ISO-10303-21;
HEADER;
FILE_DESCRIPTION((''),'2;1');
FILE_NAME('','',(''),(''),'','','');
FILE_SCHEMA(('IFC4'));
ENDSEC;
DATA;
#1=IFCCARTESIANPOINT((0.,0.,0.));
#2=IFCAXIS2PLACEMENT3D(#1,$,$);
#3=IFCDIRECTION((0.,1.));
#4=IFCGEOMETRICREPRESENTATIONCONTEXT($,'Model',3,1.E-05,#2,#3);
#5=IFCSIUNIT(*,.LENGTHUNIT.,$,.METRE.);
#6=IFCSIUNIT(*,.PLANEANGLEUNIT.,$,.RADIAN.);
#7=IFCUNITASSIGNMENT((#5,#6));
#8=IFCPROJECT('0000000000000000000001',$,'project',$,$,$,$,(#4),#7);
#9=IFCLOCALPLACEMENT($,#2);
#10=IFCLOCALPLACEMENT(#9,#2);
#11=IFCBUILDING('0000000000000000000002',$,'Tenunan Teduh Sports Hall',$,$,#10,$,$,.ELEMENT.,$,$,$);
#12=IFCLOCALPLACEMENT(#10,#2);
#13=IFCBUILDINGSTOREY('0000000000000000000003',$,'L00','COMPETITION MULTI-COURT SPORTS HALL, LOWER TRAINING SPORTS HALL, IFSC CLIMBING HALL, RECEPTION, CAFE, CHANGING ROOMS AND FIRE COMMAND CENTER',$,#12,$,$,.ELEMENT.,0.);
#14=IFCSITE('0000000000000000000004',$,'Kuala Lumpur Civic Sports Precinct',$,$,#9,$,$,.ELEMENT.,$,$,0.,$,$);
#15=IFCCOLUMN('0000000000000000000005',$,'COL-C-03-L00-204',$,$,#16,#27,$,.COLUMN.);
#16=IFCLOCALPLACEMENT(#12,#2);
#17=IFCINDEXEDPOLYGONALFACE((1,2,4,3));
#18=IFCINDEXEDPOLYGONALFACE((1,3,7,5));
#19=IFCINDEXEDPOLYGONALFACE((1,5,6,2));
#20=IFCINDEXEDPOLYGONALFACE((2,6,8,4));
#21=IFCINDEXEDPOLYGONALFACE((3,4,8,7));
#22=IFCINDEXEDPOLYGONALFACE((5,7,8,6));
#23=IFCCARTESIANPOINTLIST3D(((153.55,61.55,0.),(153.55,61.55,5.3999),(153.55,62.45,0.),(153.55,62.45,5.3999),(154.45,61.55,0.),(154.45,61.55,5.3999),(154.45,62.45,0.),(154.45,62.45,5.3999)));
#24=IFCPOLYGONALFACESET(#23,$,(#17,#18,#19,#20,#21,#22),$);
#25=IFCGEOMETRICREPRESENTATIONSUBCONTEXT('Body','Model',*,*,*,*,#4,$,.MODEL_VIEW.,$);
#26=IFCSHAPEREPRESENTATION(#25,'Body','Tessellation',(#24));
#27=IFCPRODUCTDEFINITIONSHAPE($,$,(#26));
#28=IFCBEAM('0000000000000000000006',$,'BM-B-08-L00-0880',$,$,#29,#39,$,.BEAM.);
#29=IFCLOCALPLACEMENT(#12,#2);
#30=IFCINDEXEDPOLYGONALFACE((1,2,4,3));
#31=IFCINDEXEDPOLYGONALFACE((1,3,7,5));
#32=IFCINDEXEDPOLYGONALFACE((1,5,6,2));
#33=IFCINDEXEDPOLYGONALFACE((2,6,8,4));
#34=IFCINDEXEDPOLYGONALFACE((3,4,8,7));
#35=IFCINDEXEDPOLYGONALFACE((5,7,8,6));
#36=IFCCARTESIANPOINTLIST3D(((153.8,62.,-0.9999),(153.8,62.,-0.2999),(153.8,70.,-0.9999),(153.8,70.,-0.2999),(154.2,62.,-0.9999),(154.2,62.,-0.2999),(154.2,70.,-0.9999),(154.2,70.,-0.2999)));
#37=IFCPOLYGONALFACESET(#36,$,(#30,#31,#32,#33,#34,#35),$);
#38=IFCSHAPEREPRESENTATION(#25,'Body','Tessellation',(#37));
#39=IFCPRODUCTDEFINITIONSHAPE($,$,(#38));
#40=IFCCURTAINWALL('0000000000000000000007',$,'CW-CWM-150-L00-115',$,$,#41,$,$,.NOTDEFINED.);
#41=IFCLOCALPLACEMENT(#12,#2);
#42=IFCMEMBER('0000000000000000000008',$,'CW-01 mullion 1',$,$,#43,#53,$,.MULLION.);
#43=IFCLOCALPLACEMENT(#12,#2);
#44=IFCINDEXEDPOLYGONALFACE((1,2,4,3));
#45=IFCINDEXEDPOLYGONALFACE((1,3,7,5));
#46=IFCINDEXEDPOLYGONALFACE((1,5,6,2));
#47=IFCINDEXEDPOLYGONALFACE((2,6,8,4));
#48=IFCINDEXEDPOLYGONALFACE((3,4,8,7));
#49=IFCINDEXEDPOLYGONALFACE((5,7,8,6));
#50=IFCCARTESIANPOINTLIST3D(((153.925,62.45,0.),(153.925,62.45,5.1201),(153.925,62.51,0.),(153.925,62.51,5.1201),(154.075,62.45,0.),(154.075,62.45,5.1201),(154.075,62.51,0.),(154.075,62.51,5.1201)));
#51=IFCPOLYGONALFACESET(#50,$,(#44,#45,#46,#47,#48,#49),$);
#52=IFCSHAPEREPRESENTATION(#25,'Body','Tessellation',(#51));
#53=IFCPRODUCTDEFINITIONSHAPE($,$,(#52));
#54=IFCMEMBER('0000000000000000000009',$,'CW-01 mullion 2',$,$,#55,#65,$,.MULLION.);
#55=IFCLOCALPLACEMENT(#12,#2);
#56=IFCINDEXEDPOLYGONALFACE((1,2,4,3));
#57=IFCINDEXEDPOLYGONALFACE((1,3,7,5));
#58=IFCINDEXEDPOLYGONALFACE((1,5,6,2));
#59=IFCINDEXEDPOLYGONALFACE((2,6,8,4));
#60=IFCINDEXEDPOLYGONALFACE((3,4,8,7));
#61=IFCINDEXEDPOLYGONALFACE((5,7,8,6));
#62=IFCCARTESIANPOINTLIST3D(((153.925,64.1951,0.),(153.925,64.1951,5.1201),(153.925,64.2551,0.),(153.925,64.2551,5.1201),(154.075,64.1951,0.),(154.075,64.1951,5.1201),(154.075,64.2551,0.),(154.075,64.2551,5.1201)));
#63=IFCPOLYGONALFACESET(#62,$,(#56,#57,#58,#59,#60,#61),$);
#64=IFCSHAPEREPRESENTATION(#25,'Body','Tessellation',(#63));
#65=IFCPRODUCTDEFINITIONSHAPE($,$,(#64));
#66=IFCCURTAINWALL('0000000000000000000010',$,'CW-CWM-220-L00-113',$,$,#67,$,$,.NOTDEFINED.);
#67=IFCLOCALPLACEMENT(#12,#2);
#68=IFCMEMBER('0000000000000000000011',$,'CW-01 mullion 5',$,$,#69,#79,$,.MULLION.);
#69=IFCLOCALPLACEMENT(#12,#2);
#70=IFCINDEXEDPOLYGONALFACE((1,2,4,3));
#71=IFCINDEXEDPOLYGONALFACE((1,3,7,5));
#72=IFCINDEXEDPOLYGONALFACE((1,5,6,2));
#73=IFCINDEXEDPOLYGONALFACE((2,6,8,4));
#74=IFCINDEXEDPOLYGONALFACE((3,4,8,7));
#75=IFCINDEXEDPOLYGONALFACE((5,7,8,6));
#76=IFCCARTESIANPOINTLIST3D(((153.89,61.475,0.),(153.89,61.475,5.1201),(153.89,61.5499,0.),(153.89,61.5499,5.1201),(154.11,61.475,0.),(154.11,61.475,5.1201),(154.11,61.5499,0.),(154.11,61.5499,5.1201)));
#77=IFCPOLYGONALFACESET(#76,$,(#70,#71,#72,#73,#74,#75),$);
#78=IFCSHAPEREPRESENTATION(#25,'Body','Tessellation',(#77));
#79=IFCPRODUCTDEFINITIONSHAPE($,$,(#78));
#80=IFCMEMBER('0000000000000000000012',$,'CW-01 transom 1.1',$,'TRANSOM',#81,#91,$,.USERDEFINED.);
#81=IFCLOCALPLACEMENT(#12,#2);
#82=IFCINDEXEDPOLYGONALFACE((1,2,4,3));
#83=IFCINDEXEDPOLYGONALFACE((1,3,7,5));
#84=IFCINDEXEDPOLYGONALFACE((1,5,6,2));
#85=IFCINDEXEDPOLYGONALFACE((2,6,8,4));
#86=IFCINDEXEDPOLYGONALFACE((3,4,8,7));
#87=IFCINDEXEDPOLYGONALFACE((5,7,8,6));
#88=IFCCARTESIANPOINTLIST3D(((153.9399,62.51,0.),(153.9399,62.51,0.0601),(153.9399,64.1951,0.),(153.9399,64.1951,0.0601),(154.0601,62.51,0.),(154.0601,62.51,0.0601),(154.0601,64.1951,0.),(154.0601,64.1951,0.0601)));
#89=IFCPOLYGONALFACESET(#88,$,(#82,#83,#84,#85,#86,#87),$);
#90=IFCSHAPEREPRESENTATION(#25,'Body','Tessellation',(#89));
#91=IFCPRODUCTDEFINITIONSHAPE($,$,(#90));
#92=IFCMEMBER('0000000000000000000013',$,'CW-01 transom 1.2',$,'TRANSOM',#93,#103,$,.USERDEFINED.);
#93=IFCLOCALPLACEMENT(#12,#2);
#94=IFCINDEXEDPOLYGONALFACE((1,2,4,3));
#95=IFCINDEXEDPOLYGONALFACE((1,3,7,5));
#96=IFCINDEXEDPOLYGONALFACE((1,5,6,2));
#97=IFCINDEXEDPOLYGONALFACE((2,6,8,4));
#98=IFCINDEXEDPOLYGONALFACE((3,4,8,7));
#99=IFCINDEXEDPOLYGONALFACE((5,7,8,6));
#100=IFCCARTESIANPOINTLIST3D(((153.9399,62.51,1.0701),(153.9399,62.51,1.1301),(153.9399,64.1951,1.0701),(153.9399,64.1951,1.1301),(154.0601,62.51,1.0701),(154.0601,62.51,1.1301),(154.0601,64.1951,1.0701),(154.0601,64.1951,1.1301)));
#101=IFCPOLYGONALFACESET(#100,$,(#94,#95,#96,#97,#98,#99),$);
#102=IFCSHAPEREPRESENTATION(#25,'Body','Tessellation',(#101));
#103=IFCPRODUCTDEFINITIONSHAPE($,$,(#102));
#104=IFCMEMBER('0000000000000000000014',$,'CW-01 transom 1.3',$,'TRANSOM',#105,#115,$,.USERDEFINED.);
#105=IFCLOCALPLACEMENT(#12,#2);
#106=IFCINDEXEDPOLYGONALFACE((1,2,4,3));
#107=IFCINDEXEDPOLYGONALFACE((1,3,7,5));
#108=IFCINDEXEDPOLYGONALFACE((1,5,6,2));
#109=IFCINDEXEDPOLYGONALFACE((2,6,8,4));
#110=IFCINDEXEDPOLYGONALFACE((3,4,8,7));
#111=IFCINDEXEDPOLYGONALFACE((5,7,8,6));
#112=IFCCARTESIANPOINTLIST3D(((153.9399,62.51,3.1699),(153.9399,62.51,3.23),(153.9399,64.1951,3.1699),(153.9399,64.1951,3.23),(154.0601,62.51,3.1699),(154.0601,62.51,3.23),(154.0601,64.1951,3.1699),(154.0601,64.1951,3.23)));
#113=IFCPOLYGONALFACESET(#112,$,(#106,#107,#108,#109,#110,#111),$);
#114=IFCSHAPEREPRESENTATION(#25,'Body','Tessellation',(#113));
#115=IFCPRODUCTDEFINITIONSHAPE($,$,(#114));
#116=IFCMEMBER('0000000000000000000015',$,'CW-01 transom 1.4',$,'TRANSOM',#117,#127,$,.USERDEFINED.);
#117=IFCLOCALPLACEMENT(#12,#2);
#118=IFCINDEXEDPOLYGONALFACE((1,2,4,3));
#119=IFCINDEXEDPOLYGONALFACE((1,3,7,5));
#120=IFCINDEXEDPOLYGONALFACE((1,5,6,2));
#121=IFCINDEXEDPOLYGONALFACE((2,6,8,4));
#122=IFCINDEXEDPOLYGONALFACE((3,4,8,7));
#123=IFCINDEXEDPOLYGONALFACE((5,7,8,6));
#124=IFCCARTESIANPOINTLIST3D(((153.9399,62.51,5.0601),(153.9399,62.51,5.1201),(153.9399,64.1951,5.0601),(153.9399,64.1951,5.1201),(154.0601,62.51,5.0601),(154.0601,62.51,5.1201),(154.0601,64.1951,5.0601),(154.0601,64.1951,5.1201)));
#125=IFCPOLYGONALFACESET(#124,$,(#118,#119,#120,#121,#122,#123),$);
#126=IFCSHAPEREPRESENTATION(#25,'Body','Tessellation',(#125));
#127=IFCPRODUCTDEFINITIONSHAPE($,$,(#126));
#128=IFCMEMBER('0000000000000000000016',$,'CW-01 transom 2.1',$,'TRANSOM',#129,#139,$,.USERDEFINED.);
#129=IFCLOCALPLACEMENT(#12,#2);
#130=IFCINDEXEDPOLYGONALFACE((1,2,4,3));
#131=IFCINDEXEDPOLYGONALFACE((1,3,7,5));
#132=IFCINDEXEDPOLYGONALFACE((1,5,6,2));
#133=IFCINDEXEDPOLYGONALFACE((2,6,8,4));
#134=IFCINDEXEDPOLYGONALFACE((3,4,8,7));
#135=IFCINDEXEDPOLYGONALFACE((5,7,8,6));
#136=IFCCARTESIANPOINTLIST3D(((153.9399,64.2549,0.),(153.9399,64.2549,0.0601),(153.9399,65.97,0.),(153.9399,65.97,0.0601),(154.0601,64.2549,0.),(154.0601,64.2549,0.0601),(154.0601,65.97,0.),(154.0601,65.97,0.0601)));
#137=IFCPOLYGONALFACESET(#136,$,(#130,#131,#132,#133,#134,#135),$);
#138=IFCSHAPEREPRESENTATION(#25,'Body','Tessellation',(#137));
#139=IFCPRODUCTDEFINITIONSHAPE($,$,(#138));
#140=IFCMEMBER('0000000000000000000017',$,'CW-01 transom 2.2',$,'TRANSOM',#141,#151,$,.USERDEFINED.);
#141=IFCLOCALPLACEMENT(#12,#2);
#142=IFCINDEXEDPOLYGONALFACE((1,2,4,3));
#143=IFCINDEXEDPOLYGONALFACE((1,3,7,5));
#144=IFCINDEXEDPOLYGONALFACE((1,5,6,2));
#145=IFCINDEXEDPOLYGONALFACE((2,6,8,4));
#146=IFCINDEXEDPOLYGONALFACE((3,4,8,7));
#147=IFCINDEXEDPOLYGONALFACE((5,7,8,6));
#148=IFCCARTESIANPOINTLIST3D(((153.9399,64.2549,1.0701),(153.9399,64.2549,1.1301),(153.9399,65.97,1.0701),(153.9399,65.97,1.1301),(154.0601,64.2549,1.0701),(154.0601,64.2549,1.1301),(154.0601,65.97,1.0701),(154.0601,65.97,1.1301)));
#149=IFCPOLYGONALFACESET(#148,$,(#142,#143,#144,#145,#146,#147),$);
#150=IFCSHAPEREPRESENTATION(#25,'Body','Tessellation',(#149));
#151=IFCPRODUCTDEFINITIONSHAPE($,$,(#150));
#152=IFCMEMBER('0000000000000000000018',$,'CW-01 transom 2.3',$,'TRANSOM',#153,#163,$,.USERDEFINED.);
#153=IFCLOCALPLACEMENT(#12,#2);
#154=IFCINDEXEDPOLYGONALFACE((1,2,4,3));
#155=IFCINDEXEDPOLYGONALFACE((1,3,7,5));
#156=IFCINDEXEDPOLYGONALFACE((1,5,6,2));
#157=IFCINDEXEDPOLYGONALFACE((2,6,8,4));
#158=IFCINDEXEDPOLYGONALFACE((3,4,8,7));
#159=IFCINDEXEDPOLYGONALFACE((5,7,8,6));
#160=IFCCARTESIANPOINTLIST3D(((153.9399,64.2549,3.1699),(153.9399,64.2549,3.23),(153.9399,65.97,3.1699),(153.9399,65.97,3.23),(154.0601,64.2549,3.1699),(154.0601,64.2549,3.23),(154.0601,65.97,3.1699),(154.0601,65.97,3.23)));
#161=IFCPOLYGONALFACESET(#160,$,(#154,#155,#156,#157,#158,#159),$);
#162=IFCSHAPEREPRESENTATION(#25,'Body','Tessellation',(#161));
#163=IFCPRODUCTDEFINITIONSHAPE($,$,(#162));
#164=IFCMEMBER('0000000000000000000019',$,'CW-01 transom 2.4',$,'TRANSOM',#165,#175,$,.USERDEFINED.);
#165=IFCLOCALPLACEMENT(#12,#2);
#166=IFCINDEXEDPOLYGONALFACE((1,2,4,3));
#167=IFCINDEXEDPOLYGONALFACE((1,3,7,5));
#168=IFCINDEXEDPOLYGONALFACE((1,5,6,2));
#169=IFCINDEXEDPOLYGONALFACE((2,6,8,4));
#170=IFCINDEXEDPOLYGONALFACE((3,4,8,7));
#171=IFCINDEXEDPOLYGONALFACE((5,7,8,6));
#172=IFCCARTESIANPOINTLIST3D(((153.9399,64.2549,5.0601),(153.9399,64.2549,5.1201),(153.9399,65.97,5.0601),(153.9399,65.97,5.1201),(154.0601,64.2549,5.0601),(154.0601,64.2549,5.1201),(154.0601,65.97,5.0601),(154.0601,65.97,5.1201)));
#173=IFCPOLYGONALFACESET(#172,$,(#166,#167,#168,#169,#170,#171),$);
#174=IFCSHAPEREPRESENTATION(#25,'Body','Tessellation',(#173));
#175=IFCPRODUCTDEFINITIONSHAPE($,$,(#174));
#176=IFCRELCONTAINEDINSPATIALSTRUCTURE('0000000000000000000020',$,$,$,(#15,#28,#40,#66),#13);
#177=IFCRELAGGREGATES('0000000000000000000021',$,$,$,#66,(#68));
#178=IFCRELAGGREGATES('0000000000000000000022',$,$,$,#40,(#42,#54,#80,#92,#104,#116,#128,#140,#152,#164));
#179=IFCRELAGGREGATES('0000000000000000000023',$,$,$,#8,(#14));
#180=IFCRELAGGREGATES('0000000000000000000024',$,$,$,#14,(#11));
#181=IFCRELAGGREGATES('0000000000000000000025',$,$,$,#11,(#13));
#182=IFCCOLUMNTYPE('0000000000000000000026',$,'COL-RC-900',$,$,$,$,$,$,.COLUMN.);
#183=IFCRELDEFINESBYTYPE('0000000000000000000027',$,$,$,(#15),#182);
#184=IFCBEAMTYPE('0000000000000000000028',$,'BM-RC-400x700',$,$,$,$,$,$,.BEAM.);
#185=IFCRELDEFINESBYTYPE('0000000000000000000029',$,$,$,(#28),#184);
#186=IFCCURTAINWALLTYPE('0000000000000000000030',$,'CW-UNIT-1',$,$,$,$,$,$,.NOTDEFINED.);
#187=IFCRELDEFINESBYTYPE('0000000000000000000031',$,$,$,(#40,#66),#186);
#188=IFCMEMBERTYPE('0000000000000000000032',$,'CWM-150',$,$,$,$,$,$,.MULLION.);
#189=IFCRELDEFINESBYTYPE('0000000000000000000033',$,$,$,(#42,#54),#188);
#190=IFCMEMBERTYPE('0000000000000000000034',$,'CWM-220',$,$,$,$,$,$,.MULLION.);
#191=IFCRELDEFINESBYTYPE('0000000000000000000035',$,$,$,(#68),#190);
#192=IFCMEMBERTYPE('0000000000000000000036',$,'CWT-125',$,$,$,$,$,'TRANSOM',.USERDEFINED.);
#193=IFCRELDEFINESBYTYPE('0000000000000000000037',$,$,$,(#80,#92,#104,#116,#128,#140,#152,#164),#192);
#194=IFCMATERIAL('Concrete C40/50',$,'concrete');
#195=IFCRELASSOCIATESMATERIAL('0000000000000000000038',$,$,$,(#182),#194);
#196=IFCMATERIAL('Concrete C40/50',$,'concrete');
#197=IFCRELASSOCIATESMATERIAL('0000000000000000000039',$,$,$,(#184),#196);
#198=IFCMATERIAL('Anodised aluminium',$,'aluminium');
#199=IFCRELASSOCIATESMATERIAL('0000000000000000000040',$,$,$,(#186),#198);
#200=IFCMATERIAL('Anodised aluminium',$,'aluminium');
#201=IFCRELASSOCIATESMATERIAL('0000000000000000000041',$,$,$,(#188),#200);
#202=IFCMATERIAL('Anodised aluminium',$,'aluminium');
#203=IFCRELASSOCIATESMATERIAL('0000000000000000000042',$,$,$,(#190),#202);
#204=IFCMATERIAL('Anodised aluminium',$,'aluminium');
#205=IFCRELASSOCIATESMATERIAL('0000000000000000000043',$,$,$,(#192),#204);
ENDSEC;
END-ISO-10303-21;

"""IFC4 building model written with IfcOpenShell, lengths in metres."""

from ifc_helpers import new_model, si_unit, direction, frame, origin, origin_2d, place, context, subcontext, project, spatial, rectangle, extrude, material, material_profile, profile_set, type_object, element, aggregate, save


model = new_model("IFC4")

# Units and contexts
model_context = context("Model", 3, precision=1e-05, world=origin(), true_north=direction((0.0, 1.0)))
body_context = subcontext(model_context, "Body", "Model", "MODEL_VIEW")
ifc_project = project(units=[si_unit("LENGTHUNIT", "METRE"), si_unit("PLANEANGLEUNIT", "RADIAN")], contexts=[model_context])

# Site, building, storey
site_placement = place(None, origin())
site = spatial("IfcSite", under=ifc_project, at=site_placement, Name="Kuala Lumpur Civic Sports Precinct", CompositionType="ELEMENT", RefElevation=0.0)
building_placement = place(site_placement, origin())
building = spatial("IfcBuilding", under=site, at=building_placement, Name="Tenunan Teduh Sports Hall", CompositionType="ELEMENT")
storey_placement = place(building_placement, origin())
storey = spatial("IfcBuildingStorey", under=building, at=storey_placement, Name="L00", Description="COMPETITION MULTI-COURT SPORTS HALL, LOWER TRAINING SPORTS HALL, IFSC CLIMBING HALL, RECEPTION, CAFE, CHANGING ROOMS AND FIRE COMMAND CENTER", CompositionType="ELEMENT", Elevation=0.0)

# Column
ifc_material_1 = material(Name="Concrete C40/50", Category="concrete")
ifc_material_profile_1 = material_profile(ifc_material_1, rectangle(XDim=0.8999, YDim=0.8999, at=origin_2d()), Name="RC 900x900")
ifc_profile_set_1 = profile_set([ifc_material_profile_1], Name="Concrete C40/50")
column_type = type_object("IfcColumnType", Name="COL-RC-900", PredefinedType="COLUMN", material=ifc_profile_set_1)
column_placement = place(storey_placement, frame((154.0, 62.0, 0.0), z_axis=(0.0, 0.0, 1.0), x_axis=(1.0, 0.0, 0.0)))
element("IfcColumn", 1, at=column_placement, inside=storey, type_object=column_type, Name="COL-C-03-L00-204", PredefinedType="COLUMN", context=body_context, shape_type="SweptSolid", body=[
    extrude(rectangle(XDim=0.8999, YDim=0.8999, at=origin_2d()), origin(), (0.0, 0.0, 1.0), 5.3999),
])

# Beam
ifc_material_2 = material(Name="Concrete C40/50", Category="concrete")
ifc_material_profile_2 = material_profile(ifc_material_2, rectangle(XDim=0.3999, YDim=0.7, at=origin_2d()), Name="RCB 400x700")
ifc_profile_set_2 = profile_set([ifc_material_profile_2], Name="Concrete C40/50")
beam_type = type_object("IfcBeamType", Name="BM-RC-400x700", PredefinedType="BEAM", material=ifc_profile_set_2)
beam_placement = place(storey_placement, frame((154.0, 62.0, -0.6499), z_axis=(0.0, 1.0, 0.0), x_axis=(-1.0, 0.0, 0.0)))
element("IfcBeam", 2, at=beam_placement, inside=storey, type_object=beam_type, Name="BM-B-08-L00-0880", PredefinedType="BEAM", context=body_context, shape_type="SweptSolid", body=[
    extrude(rectangle(XDim=0.3999, YDim=0.7, at=origin_2d()), origin(), (0.0, 0.0, 1.0), 8.0),
])

# Curtain wall, members
ifc_material_3 = material(Name="Anodised aluminium", Category="aluminium")
curtain_wall_type = type_object("IfcCurtainWallType", Name="CW-UNIT-1", PredefinedType="NOTDEFINED", material=ifc_material_3)
curtain_wall_1_placement = place(storey_placement, origin())
curtain_wall_1 = element("IfcCurtainWall", 3, at=curtain_wall_1_placement, inside=storey, type_object=curtain_wall_type, Name="CW-CWM-150-L00-115", PredefinedType="NOTDEFINED")
ifc_material_4 = material(Name="Anodised aluminium", Category="aluminium")
ifc_material_profile_3 = material_profile(ifc_material_4, rectangle(XDim=0.0601, YDim=0.1499, at=origin_2d()), Name="CWM 60x150")
ifc_profile_set_3 = profile_set([ifc_material_profile_3], Name="Anodised aluminium")
member_type_1 = type_object("IfcMemberType", Name="CWM-150", PredefinedType="MULLION", material=ifc_profile_set_3)
member_1_placement = place(storey_placement, frame((154.0, 62.48, 0.0), z_axis=(0.0, 0.0, 1.0), x_axis=(0.0, 1.0, 0.0)))
member_1 = element("IfcMember", 4, at=member_1_placement, type_object=member_type_1, Name="CW-01 mullion 1", PredefinedType="MULLION", context=body_context, shape_type="SweptSolid", body=[
    extrude(rectangle(XDim=0.0601, YDim=0.1499, at=origin_2d()), origin(), (0.0, 0.0, 1.0), 5.1201),
])
member_2_placement = place(storey_placement, frame((154.0, 64.2251, 0.0), z_axis=(0.0, 0.0, 1.0), x_axis=(0.0, 1.0, 0.0)))
member_2 = element("IfcMember", 5, at=member_2_placement, type_object=member_type_1, Name="CW-01 mullion 2", PredefinedType="MULLION", context=body_context, shape_type="SweptSolid", body=[
    extrude(rectangle(XDim=0.0601, YDim=0.1499, at=origin_2d()), origin(), (0.0, 0.0, 1.0), 5.1201),
])

# Curtain wall, member
curtain_wall_2_placement = place(storey_placement, origin())
curtain_wall_2 = element("IfcCurtainWall", 6, at=curtain_wall_2_placement, inside=storey, type_object=curtain_wall_type, Name="CW-CWM-220-L00-113", PredefinedType="NOTDEFINED")
ifc_material_5 = material(Name="Anodised aluminium", Category="aluminium")
ifc_material_profile_4 = material_profile(ifc_material_5, rectangle(XDim=0.075, YDim=0.22, at=origin_2d()), Name="CWM 75x220")
ifc_profile_set_4 = profile_set([ifc_material_profile_4], Name="Anodised aluminium")
member_type_2 = type_object("IfcMemberType", Name="CWM-220", PredefinedType="MULLION", material=ifc_profile_set_4)
member_3_placement = place(storey_placement, frame((154.0, 61.5125, 0.0), z_axis=(0.0, 0.0, 1.0), x_axis=(0.0, 1.0, 0.0)))
member_3 = element("IfcMember", 7, at=member_3_placement, type_object=member_type_2, Name="CW-01 mullion 5", PredefinedType="MULLION", context=body_context, shape_type="SweptSolid", body=[
    extrude(rectangle(XDim=0.075, YDim=0.22, at=origin_2d()), origin(), (0.0, 0.0, 1.0), 5.1201),
])

# Members
ifc_material_6 = material(Name="Anodised aluminium", Category="aluminium")
ifc_material_profile_5 = material_profile(ifc_material_6, rectangle(XDim=0.0601, YDim=0.1201, at=origin_2d()), Name="CWT 60x120")
ifc_profile_set_5 = profile_set([ifc_material_profile_5], Name="Anodised aluminium")
member_type_3 = type_object("IfcMemberType", Name="CWT-125", ElementType="TRANSOM", PredefinedType="USERDEFINED", material=ifc_profile_set_5)
member_4_placement = place(storey_placement, frame((154.0, 62.51, 0.03), z_axis=(0.0, 1.0, 0.0), x_axis=(0.0, 0.0, 1.0)))
member_4 = element("IfcMember", 8, at=member_4_placement, type_object=member_type_3, Name="CW-01 transom 1.1", ObjectType="TRANSOM", PredefinedType="USERDEFINED", context=body_context, shape_type="SweptSolid", body=[
    extrude(rectangle(XDim=0.0601, YDim=0.1201, at=origin_2d()), origin(), (0.0, 0.0, 1.0), 1.6851),
])
member_5_placement = place(storey_placement, frame((154.0, 62.51, 1.1001), z_axis=(0.0, 1.0, 0.0), x_axis=(0.0, 0.0, 1.0)))
member_5 = element("IfcMember", 9, at=member_5_placement, type_object=member_type_3, Name="CW-01 transom 1.2", ObjectType="TRANSOM", PredefinedType="USERDEFINED", context=body_context, shape_type="SweptSolid", body=[
    extrude(rectangle(XDim=0.0601, YDim=0.1201, at=origin_2d()), origin(), (0.0, 0.0, 1.0), 1.6851),
])
member_6_placement = place(storey_placement, frame((154.0, 62.51, 3.2), z_axis=(0.0, 1.0, 0.0), x_axis=(0.0, 0.0, 1.0)))
member_6 = element("IfcMember", 10, at=member_6_placement, type_object=member_type_3, Name="CW-01 transom 1.3", ObjectType="TRANSOM", PredefinedType="USERDEFINED", context=body_context, shape_type="SweptSolid", body=[
    extrude(rectangle(XDim=0.0601, YDim=0.1201, at=origin_2d()), origin(), (0.0, 0.0, 1.0), 1.6851),
])
member_7_placement = place(storey_placement, frame((154.0, 62.51, 5.0901), z_axis=(0.0, 1.0, 0.0), x_axis=(0.0, 0.0, 1.0)))
member_7 = element("IfcMember", 11, at=member_7_placement, type_object=member_type_3, Name="CW-01 transom 1.4", ObjectType="TRANSOM", PredefinedType="USERDEFINED", context=body_context, shape_type="SweptSolid", body=[
    extrude(rectangle(XDim=0.0601, YDim=0.1201, at=origin_2d()), origin(), (0.0, 0.0, 1.0), 1.6851),
])
member_8_placement = place(storey_placement, frame((154.0, 64.2549, 0.03), z_axis=(0.0, 1.0, 0.0), x_axis=(0.0, 0.0, 1.0)))
member_8 = element("IfcMember", 12, at=member_8_placement, type_object=member_type_3, Name="CW-01 transom 2.1", ObjectType="TRANSOM", PredefinedType="USERDEFINED", context=body_context, shape_type="SweptSolid", body=[
    extrude(rectangle(XDim=0.0601, YDim=0.1201, at=origin_2d()), origin(), (0.0, 0.0, 1.0), 1.7151),
])
member_9_placement = place(storey_placement, frame((154.0, 64.2549, 1.1001), z_axis=(0.0, 1.0, 0.0), x_axis=(0.0, 0.0, 1.0)))
member_9 = element("IfcMember", 13, at=member_9_placement, type_object=member_type_3, Name="CW-01 transom 2.2", ObjectType="TRANSOM", PredefinedType="USERDEFINED", context=body_context, shape_type="SweptSolid", body=[
    extrude(rectangle(XDim=0.0601, YDim=0.1201, at=origin_2d()), origin(), (0.0, 0.0, 1.0), 1.7151),
])
member_10_placement = place(storey_placement, frame((154.0, 64.2549, 3.2), z_axis=(0.0, 1.0, 0.0), x_axis=(0.0, 0.0, 1.0)))
member_10 = element("IfcMember", 14, at=member_10_placement, type_object=member_type_3, Name="CW-01 transom 2.3", ObjectType="TRANSOM", PredefinedType="USERDEFINED", context=body_context, shape_type="SweptSolid", body=[
    extrude(rectangle(XDim=0.0601, YDim=0.1201, at=origin_2d()), origin(), (0.0, 0.0, 1.0), 1.7151),
])
member_11_placement = place(storey_placement, frame((154.0, 64.2549, 5.0901), z_axis=(0.0, 1.0, 0.0), x_axis=(0.0, 0.0, 1.0)))
member_11 = element("IfcMember", 15, at=member_11_placement, type_object=member_type_3, Name="CW-01 transom 2.4", ObjectType="TRANSOM", PredefinedType="USERDEFINED", context=body_context, shape_type="SweptSolid", body=[
    extrude(rectangle(XDim=0.0601, YDim=0.1201, at=origin_2d()), origin(), (0.0, 0.0, 1.0), 1.7151),
])

aggregate(curtain_wall_2, [member_3])
aggregate(curtain_wall_1, [member_1, member_2, member_4, member_5, member_6, member_7, member_8, member_9, member_10, member_11])

save(model, "model.ifc")
